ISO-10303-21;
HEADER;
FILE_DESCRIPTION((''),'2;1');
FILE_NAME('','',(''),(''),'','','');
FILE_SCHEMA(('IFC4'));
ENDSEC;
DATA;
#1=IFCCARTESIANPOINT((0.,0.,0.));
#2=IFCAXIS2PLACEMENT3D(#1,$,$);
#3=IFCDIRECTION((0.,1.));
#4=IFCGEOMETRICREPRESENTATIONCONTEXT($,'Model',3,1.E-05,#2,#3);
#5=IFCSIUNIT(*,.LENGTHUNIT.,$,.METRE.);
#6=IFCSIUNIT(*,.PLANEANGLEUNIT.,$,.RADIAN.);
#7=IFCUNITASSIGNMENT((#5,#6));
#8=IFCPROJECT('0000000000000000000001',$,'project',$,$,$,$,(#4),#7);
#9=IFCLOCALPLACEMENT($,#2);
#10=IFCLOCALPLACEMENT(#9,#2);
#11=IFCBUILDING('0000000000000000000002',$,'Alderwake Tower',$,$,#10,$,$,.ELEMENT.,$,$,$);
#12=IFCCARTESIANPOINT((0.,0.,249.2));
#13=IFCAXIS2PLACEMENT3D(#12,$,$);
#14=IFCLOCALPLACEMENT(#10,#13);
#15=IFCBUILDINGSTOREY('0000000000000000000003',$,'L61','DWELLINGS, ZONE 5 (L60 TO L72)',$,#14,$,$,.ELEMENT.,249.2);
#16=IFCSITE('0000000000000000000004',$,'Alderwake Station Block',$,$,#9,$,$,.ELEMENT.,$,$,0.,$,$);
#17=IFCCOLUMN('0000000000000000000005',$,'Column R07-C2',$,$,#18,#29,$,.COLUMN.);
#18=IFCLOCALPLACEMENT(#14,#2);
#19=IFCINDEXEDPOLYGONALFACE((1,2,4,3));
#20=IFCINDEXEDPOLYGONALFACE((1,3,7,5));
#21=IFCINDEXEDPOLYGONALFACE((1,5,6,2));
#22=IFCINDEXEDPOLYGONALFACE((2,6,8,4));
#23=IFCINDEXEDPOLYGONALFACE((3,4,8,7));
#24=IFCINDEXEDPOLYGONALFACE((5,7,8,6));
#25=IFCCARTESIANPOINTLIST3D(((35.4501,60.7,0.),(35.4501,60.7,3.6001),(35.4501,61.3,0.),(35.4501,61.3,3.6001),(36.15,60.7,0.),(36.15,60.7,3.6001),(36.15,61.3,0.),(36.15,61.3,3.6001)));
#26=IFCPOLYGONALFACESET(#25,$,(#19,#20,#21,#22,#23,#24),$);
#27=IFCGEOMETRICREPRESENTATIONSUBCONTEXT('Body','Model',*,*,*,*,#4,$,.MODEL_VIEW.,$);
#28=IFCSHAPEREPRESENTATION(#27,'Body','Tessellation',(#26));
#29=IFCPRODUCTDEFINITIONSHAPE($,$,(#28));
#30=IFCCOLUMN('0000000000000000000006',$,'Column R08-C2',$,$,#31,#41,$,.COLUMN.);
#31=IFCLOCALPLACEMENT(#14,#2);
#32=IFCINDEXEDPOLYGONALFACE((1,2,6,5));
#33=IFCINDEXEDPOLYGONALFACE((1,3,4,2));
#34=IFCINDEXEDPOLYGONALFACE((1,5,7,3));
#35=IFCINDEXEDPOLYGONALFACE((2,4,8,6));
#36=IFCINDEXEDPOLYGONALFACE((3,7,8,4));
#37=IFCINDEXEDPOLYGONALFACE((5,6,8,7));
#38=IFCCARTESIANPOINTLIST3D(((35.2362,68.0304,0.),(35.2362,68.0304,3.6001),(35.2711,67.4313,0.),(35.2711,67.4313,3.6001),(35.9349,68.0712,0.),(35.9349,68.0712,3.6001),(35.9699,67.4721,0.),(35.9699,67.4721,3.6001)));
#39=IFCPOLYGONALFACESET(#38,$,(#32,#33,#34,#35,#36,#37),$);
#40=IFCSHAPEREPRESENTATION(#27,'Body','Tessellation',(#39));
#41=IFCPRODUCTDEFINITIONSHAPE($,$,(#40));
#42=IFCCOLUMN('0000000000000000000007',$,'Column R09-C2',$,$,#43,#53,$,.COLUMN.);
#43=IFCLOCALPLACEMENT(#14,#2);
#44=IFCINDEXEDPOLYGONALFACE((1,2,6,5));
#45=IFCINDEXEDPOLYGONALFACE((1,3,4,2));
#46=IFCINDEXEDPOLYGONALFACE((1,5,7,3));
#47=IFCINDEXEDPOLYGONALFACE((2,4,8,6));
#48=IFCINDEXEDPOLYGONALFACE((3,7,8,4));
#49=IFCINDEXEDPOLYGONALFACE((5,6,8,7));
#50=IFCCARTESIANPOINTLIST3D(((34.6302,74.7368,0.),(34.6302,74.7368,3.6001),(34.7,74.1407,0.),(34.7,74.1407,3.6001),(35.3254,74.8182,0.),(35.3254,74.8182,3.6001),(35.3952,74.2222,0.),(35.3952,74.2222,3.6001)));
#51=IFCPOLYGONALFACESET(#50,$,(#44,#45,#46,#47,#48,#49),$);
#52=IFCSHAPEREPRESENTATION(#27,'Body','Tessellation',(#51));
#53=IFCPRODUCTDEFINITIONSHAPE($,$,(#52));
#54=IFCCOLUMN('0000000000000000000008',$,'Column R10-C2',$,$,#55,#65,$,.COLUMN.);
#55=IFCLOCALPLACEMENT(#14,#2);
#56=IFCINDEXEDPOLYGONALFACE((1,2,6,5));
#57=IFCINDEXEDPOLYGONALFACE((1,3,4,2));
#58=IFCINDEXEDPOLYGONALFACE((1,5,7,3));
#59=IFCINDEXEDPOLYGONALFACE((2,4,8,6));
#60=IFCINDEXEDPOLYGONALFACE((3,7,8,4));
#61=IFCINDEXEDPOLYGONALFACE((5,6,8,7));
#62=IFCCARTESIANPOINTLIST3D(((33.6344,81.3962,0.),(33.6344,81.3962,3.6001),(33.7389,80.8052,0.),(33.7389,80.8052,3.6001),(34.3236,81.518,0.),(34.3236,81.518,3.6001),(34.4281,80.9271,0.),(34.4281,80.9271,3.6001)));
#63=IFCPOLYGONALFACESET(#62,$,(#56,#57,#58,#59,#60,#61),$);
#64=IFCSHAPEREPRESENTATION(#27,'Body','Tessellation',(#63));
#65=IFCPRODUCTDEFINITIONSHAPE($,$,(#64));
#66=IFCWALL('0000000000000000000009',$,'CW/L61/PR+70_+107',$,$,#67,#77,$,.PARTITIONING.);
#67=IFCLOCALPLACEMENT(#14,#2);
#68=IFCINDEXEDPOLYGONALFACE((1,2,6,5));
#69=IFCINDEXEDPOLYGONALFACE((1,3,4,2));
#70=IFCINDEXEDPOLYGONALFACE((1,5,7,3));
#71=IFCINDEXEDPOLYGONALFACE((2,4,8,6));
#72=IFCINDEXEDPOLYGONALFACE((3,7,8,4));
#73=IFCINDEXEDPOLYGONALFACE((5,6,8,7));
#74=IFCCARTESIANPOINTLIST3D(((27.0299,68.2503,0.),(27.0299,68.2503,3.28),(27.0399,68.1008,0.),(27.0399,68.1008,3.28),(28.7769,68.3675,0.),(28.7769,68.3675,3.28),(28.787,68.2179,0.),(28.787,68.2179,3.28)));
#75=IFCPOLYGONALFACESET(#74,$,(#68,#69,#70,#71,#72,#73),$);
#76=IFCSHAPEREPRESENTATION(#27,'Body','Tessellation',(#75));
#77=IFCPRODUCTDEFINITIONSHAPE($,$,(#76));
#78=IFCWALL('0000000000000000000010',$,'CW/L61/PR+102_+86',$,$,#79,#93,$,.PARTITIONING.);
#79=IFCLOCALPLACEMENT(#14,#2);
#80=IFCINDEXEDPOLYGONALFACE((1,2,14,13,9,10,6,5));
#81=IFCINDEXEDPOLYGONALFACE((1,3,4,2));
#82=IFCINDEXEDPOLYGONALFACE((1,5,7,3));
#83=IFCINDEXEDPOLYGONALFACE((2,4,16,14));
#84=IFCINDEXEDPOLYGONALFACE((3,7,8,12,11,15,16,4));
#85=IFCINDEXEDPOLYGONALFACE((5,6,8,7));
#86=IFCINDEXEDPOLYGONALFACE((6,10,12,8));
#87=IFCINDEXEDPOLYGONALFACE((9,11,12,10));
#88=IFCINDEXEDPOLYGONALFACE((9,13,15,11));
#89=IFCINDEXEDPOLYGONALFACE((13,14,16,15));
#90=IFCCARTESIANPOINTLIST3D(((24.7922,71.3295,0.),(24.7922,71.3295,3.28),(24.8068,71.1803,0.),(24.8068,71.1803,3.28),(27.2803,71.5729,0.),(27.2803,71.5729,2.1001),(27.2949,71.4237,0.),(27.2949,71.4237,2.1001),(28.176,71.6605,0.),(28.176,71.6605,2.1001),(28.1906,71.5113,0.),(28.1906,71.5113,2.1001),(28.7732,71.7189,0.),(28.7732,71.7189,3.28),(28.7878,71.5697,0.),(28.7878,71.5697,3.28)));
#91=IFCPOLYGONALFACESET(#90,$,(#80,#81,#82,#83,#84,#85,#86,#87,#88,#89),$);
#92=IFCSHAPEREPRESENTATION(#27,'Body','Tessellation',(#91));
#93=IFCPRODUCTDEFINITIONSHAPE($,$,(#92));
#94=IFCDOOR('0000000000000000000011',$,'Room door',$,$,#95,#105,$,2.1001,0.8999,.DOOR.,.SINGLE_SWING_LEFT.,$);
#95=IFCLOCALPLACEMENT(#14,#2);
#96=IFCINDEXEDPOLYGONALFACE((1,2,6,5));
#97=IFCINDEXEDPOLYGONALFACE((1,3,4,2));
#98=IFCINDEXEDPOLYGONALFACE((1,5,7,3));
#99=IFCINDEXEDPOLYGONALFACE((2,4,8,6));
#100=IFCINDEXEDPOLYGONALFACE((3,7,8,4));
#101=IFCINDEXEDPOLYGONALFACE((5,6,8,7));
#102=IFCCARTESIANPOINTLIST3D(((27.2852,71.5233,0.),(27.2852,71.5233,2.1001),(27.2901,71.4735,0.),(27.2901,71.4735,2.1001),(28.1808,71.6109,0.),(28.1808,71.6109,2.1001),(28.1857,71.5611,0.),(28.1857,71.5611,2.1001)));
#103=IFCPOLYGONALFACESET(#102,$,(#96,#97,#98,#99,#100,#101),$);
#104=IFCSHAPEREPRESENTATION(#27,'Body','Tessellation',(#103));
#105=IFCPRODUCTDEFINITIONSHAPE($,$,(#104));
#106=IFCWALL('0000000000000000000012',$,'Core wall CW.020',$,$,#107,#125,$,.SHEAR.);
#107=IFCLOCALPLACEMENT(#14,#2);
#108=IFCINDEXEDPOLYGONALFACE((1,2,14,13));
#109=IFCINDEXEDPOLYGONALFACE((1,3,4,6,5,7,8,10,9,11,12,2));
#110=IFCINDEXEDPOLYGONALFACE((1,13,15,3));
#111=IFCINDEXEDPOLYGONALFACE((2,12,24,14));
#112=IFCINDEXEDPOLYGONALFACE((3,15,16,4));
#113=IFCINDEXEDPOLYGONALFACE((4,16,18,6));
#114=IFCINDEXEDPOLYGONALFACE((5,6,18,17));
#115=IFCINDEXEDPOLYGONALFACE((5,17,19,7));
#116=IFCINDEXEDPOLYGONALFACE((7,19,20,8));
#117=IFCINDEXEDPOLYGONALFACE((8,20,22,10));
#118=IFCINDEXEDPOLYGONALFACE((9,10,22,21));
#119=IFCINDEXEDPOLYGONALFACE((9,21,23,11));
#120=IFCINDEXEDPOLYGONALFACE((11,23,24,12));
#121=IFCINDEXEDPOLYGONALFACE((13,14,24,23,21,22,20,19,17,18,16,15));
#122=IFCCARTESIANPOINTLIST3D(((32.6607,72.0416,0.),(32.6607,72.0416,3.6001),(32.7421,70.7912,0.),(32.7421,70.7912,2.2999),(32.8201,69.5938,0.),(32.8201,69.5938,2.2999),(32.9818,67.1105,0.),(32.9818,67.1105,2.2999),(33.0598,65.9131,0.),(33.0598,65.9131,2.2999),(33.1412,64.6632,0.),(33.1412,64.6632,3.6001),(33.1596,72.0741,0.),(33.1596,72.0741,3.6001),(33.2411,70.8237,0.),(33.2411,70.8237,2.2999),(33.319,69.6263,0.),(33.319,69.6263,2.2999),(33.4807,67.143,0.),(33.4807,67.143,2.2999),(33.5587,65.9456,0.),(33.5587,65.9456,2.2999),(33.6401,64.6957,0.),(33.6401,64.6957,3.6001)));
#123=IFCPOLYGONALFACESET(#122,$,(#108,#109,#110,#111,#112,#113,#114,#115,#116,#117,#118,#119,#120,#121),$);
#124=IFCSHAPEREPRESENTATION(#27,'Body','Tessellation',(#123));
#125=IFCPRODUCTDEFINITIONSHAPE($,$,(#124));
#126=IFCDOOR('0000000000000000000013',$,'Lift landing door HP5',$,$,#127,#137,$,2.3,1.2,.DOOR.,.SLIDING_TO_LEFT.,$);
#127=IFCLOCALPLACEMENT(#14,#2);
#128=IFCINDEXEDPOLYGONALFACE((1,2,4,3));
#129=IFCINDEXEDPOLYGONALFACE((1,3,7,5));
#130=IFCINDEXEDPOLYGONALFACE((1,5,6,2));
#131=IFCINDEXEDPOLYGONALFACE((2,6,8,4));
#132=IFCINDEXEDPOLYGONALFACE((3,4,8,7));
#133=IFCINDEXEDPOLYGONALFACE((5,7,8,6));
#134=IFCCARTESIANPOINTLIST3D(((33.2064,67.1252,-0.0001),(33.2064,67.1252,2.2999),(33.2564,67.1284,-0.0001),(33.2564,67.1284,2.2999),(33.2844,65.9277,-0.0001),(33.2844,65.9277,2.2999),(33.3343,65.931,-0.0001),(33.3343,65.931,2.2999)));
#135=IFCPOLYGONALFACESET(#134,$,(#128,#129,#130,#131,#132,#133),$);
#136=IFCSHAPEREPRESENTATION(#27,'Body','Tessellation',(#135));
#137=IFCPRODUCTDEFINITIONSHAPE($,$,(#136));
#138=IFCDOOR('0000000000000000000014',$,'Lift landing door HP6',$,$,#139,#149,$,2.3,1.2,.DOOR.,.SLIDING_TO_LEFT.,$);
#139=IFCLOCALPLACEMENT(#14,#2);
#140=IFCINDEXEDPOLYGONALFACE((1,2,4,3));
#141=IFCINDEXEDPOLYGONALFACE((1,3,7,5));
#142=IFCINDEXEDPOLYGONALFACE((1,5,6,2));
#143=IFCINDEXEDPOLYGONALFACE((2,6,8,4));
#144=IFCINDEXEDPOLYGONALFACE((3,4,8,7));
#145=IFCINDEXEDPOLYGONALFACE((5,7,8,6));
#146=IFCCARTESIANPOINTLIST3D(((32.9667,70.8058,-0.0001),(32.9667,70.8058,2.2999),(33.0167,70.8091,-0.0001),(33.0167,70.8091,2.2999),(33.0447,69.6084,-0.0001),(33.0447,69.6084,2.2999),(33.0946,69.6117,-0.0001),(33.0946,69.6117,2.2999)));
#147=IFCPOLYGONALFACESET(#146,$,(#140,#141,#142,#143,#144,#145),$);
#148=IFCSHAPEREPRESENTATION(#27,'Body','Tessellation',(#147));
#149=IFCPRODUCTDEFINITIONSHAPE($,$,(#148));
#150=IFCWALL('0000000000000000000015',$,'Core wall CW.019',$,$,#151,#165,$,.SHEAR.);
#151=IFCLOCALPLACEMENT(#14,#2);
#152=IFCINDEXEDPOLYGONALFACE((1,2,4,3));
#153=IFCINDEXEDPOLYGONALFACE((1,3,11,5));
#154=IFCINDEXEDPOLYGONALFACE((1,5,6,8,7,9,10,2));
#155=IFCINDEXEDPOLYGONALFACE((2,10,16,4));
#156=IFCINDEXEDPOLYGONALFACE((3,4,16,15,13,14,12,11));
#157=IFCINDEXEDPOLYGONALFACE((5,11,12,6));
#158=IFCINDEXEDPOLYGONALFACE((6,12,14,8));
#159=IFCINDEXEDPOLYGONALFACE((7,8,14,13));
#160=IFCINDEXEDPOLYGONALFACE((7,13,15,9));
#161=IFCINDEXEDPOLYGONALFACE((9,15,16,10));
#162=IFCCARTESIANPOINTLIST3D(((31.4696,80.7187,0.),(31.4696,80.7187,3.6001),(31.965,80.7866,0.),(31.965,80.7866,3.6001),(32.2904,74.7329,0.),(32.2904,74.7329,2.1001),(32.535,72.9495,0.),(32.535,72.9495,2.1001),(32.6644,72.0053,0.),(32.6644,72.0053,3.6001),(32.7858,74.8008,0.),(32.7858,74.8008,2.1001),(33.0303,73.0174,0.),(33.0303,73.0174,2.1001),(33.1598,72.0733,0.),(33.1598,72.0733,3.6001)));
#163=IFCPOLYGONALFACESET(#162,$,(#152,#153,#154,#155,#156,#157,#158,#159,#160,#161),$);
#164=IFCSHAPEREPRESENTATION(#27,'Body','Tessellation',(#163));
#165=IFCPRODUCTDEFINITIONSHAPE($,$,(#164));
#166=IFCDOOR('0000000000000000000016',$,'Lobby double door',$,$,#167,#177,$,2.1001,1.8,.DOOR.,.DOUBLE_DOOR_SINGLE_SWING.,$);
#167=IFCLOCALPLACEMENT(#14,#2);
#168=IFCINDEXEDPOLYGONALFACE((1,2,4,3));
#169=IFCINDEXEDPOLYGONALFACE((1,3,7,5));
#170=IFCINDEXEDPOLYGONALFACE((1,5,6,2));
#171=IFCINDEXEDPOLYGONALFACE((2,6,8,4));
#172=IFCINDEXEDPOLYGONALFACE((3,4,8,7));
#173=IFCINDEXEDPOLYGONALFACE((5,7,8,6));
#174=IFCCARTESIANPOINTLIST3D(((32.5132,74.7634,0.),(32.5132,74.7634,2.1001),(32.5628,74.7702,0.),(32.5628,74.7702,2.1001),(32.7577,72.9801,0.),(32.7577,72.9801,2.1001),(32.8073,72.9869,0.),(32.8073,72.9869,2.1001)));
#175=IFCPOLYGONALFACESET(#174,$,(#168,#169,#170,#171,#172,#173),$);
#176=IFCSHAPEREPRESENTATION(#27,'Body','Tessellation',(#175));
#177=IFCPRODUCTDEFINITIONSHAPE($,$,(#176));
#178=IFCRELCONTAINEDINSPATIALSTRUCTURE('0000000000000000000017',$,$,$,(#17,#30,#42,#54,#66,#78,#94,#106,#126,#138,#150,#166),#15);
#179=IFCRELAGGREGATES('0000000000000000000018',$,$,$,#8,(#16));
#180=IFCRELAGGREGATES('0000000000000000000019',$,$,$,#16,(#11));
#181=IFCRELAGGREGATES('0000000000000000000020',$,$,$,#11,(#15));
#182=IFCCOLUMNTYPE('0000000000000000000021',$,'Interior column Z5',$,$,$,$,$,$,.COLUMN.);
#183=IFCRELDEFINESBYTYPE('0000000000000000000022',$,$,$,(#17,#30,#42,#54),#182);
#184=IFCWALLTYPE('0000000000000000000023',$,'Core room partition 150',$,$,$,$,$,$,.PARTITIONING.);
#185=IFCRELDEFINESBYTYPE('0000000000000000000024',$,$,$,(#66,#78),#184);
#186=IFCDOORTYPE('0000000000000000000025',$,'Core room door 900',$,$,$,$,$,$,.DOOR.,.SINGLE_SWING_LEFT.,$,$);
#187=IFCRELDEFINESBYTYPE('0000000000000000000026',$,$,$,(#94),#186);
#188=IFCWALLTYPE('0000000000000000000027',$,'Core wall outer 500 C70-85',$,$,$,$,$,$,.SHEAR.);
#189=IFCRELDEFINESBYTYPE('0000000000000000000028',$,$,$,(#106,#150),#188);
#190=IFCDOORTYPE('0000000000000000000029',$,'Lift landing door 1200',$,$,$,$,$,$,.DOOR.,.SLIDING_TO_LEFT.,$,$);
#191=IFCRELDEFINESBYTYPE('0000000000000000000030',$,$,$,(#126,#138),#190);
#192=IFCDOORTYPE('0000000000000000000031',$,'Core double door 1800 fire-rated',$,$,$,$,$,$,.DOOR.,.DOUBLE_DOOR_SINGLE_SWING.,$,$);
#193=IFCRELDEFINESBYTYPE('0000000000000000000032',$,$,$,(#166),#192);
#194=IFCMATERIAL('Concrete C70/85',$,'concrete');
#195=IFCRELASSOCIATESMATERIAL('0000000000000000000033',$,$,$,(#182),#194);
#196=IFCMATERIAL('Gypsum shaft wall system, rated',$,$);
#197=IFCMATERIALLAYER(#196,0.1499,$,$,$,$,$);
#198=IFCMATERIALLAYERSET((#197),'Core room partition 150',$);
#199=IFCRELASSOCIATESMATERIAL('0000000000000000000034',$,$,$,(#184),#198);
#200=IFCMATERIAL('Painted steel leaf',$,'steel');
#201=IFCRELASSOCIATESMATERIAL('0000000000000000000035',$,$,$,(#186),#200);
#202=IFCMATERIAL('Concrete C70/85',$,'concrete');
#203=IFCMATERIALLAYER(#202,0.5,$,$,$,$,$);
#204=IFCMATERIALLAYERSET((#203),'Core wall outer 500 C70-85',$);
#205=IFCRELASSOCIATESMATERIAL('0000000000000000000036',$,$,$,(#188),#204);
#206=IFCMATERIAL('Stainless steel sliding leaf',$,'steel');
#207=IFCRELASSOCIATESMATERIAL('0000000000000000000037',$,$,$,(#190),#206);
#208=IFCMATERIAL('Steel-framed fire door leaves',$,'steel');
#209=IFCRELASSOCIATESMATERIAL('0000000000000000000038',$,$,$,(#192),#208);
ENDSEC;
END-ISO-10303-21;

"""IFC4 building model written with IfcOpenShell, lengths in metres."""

from ifc_helpers import new_model, si_unit, direction, frame, frame_2d, origin, origin_2d, place, context, subcontext, project, spatial, rectangle, extrude, material, layer, layer_set, material_profile, profile_set, type_object, element, fill, save


model = new_model("IFC4")

# Units and contexts
model_context = context("Model", 3, precision=1e-05, world=origin(), true_north=direction((0.0, 1.0)))
body_context = subcontext(model_context, "Body", "Model", "MODEL_VIEW")
ifc_project = project(units=[si_unit("LENGTHUNIT", "METRE"), si_unit("PLANEANGLEUNIT", "RADIAN")], contexts=[model_context])

# Site, building, storey
site_placement = place(None, origin())
site = spatial("IfcSite", under=ifc_project, at=site_placement, Name="Alderwake Station Block", CompositionType="ELEMENT", RefElevation=0.0)
building_placement = place(site_placement, origin())
building = spatial("IfcBuilding", under=site, at=building_placement, Name="Alderwake Tower", CompositionType="ELEMENT")
storey_placement = place(building_placement, frame((0.0, 0.0, 249.2)))
storey = spatial("IfcBuildingStorey", under=building, at=storey_placement, Name="L61", Description="DWELLINGS, ZONE 5 (L60 TO L72)", CompositionType="ELEMENT", Elevation=249.2)

# Columns
ifc_material_1 = material(Name="Concrete C70/85", Category="concrete")
ifc_material_profile = material_profile(ifc_material_1, rectangle(XDim=0.6001, YDim=0.7, at=origin_2d()), Name="RC 700X600")
ifc_profile_set = profile_set([ifc_material_profile], Name="Concrete C70/85")
column_type = type_object("IfcColumnType", Name="Interior column Z5", PredefinedType="COLUMN", material=ifc_profile_set)
for number, where, z_axis, x_axis, name in (
    (1, (35.8, 61.0, 0.0), (0.0, 0.0, 1.0), (0.0, 1.0, 0.0), "Column R07-C2"),
    (2, (35.603, 67.7512, 0.0), (0.0, 0.0, 1.0), (-0.058301, 0.998299, 0.0), "Column R08-C2"),
    (3, (35.0127, 74.4795, 0.0), (0.0, 0.0, 1.0), (-0.116402, 0.993202, 0.0), "Column R09-C2"),
    (4, (34.0312, 81.1616, 0.0), (0.0, 0.0, 1.0), (-0.174109, 0.984726, 0.0), "Column R10-C2"),
):
    element("IfcColumn", number, at=place(storey_placement, frame(where, z_axis=z_axis, x_axis=x_axis)), inside=storey, type_object=column_type, Name=name, PredefinedType="COLUMN", context=body_context, shape_type="SweptSolid", body=[
        extrude(rectangle(XDim=0.6001, YDim=0.7, at=origin_2d()), origin(), (0.0, 0.0, 1.0), 3.6001),
    ])

# Wall
ifc_material_2 = material(Name="Gypsum shaft wall system, rated")
ifc_layer_1 = layer(ifc_material_2, 0.1499)
ifc_layer_set_1 = layer_set([ifc_layer_1], Name="Core room partition 150")
wall_type_1 = type_object("IfcWallType", Name="Core room partition 150", PredefinedType="PARTITIONING", material=ifc_layer_set_1)
wall_1_placement = place(storey_placement, frame((27.0349, 68.1755, 0.0), z_axis=(0.0, 0.0, 1.0), x_axis=(0.997758, 0.066926, 0.0)))
element("IfcWall", 5, at=wall_1_placement, inside=storey, type_object=wall_type_1, Name="CW/L61/PR+70_+107", PredefinedType="PARTITIONING", context=body_context, shape_type="SweptSolid", body=[
    extrude(rectangle(XDim=1.751, YDim=0.1499, at=frame_2d((0.8755, 0.0))), origin(), (0.0, 0.0, 1.0), 3.28),
])

# Wall, opening, door
wall_2_placement = place(storey_placement, frame((28.7805, 71.6443, 0.0), z_axis=(0.0, 0.0, 1.0), x_axis=(-0.99525, -0.097352, 0.0)))
wall_2 = element("IfcWall", 6, at=wall_2_placement, inside=storey, type_object=wall_type_1, Name="CW/L61/PR+102_+86", PredefinedType="PARTITIONING", context=body_context, shape_type="SweptSolid", body=[
    extrude(rectangle(XDim=4.0, YDim=0.1499, at=frame_2d((2.0, 0.0))), origin(), (0.0, 0.0, 1.0), 3.28),
])
opening_1_placement = place(wall_2_placement, frame((0.6001, 0.0, 0.0)))
opening_1 = element("IfcOpeningElement", 7, at=opening_1_placement, cuts=wall_2, PredefinedType="OPENING", context=body_context, shape_type="SweptSolid", body=[
    extrude(rectangle(XDim=0.8999, YDim=2.1001, at=frame_2d((0.45, 1.05))), frame((0.0, 0.085, 0.0), z_axis=(0.0, -1.0, 0.0), x_axis=(1.0, 0.0, 0.0)), (0.0, 0.0, 1.0), 0.1699),
])
ifc_material_3 = material(Name="Painted steel leaf", Category="steel")
door_type_1 = type_object("IfcDoorType", Name="Core room door 900", OperationType="SINGLE_SWING_LEFT", PredefinedType="DOOR", material=ifc_material_3)
door_1_placement = place(opening_1_placement, origin())
door_1 = element("IfcDoor", 8, at=door_1_placement, inside=storey, type_object=door_type_1, Name="Room door", OperationType="SINGLE_SWING_LEFT", OverallHeight=2.1001, OverallWidth=0.8999, PredefinedType="DOOR", context=body_context, shape_type="SweptSolid", body=[
    extrude(rectangle(XDim=0.8999, YDim=2.1001, at=frame_2d((0.45, 1.05))), frame((0.0, 0.0249, 0.0), z_axis=(0.0, -1.0, 0.0), x_axis=(1.0, 0.0, 0.0)), (0.0, 0.0, 1.0), 0.05),
])
fill(opening_1, door_1)

# Wall, openings, doors
ifc_material_4 = material(Name="Concrete C70/85", Category="concrete")
ifc_layer_2 = layer(ifc_material_4, 0.5)
ifc_layer_set_2 = layer_set([ifc_layer_2], Name="Core wall outer 500 C70-85")
wall_type_2 = type_object("IfcWallType", Name="Core wall outer 500 C70-85", PredefinedType="SHEAR", material=ifc_layer_set_2)
wall_3_placement = place(storey_placement, frame((33.3906, 64.6794, 0.0), z_axis=(0.0, 0.0, 1.0), x_axis=(-0.064981, 0.997887, 0.0)))
wall_3 = element("IfcWall", 9, at=wall_3_placement, inside=storey, type_object=wall_type_2, Name="Core wall CW.020", PredefinedType="SHEAR", context=body_context, shape_type="SweptSolid", body=[
    extrude(rectangle(XDim=7.394, YDim=0.5, at=frame_2d((3.697, 0.0))), origin(), (0.0, 0.0, 1.0), 3.6001),
])
opening_2_placement = place(wall_3_placement, frame((1.2524, 0.0, 0.0)))
opening_2 = element("IfcOpeningElement", 10, at=opening_2_placement, cuts=wall_3, PredefinedType="OPENING", context=body_context, shape_type="SweptSolid", body=[
    extrude(rectangle(XDim=1.2, YDim=2.3, at=frame_2d((0.6001, 1.1499))), frame((0.0, 0.26, 0.0), z_axis=(0.0, -1.0, 0.0), x_axis=(1.0, 0.0, 0.0)), (0.0, 0.0, 1.0), 0.52),
])
opening_3_placement = place(wall_3_placement, frame((4.9409, 0.0, 0.0)))
opening_3 = element("IfcOpeningElement", 11, at=opening_3_placement, cuts=wall_3, PredefinedType="OPENING", context=body_context, shape_type="SweptSolid", body=[
    extrude(rectangle(XDim=1.2, YDim=2.3, at=frame_2d((0.6001, 1.1499))), frame((0.0, 0.26, 0.0), z_axis=(0.0, -1.0, 0.0), x_axis=(1.0, 0.0, 0.0)), (0.0, 0.0, 1.0), 0.52),
])
ifc_material_5 = material(Name="Stainless steel sliding leaf", Category="steel")
door_type_2 = type_object("IfcDoorType", Name="Lift landing door 1200", OperationType="SLIDING_TO_LEFT", PredefinedType="DOOR", material=ifc_material_5)
door_2_placement = place(opening_2_placement, origin())
door_2 = element("IfcDoor", 12, at=door_2_placement, inside=storey, type_object=door_type_2, Name="Lift landing door HP5", OperationType="SLIDING_TO_LEFT", OverallHeight=2.3, OverallWidth=1.2, PredefinedType="DOOR", context=body_context, shape_type="SweptSolid", body=[
    extrude(rectangle(XDim=1.2, YDim=2.3, at=frame_2d((0.6001, 1.1499))), frame((0.0, 0.0249, 0.0), z_axis=(0.0, -1.0, 0.0), x_axis=(1.0, 0.0, 0.0)), (0.0, 0.0, 1.0), 0.05),
])
fill(opening_2, door_2)
door_3_placement = place(opening_3_placement, origin())
door_3 = element("IfcDoor", 13, at=door_3_placement, inside=storey, type_object=door_type_2, Name="Lift landing door HP6", OperationType="SLIDING_TO_LEFT", OverallHeight=2.3, OverallWidth=1.2, PredefinedType="DOOR", context=body_context, shape_type="SweptSolid", body=[
    extrude(rectangle(XDim=1.2, YDim=2.3, at=frame_2d((0.6001, 1.1499))), frame((0.0, 0.0249, 0.0), z_axis=(0.0, -1.0, 0.0), x_axis=(1.0, 0.0, 0.0)), (0.0, 0.0, 1.0), 0.05),
])
fill(opening_3, door_3)

# Wall, opening, door
wall_4_placement = place(storey_placement, frame((31.7173, 80.7527, 0.0), z_axis=(0.0, 0.0, 1.0), x_axis=(0.135854, -0.990729, 0.0)))
wall_4 = element("IfcWall", 14, at=wall_4_placement, inside=storey, type_object=wall_type_2, Name="Core wall CW.019", PredefinedType="SHEAR", context=body_context, shape_type="SweptSolid", body=[
    extrude(rectangle(XDim=8.7949, YDim=0.5, at=frame_2d((4.3975, 0.0))), origin(), (0.0, 0.0, 1.0), 3.6001),
])
opening_4_placement = place(wall_4_placement, frame((6.042, 0.0, 0.0)))
opening_4 = element("IfcOpeningElement", 15, at=opening_4_placement, cuts=wall_4, PredefinedType="OPENING", context=body_context, shape_type="SweptSolid", body=[
    extrude(rectangle(XDim=1.8, YDim=2.1001, at=frame_2d((0.8999, 1.05))), frame((0.0, 0.26, 0.0), z_axis=(0.0, -1.0, 0.0), x_axis=(1.0, 0.0, 0.0)), (0.0, 0.0, 1.0), 0.52),
])
ifc_material_6 = material(Name="Steel-framed fire door leaves", Category="steel")
door_type_3 = type_object("IfcDoorType", Name="Core double door 1800 fire-rated", OperationType="DOUBLE_DOOR_SINGLE_SWING", PredefinedType="DOOR", material=ifc_material_6)
door_4_placement = place(opening_4_placement, origin())
door_4 = element("IfcDoor", 16, at=door_4_placement, inside=storey, type_object=door_type_3, Name="Lobby double door", OperationType="DOUBLE_DOOR_SINGLE_SWING", OverallHeight=2.1001, OverallWidth=1.8, PredefinedType="DOOR", context=body_context, shape_type="SweptSolid", body=[
    extrude(rectangle(XDim=1.8, YDim=2.1001, at=frame_2d((0.8999, 1.05))), frame((0.0, 0.0249, 0.0), z_axis=(0.0, -1.0, 0.0), x_axis=(1.0, 0.0, 0.0)), (0.0, 0.0, 1.0), 0.05),
])
fill(opening_4, door_4)

save(model, "model.ifc")
